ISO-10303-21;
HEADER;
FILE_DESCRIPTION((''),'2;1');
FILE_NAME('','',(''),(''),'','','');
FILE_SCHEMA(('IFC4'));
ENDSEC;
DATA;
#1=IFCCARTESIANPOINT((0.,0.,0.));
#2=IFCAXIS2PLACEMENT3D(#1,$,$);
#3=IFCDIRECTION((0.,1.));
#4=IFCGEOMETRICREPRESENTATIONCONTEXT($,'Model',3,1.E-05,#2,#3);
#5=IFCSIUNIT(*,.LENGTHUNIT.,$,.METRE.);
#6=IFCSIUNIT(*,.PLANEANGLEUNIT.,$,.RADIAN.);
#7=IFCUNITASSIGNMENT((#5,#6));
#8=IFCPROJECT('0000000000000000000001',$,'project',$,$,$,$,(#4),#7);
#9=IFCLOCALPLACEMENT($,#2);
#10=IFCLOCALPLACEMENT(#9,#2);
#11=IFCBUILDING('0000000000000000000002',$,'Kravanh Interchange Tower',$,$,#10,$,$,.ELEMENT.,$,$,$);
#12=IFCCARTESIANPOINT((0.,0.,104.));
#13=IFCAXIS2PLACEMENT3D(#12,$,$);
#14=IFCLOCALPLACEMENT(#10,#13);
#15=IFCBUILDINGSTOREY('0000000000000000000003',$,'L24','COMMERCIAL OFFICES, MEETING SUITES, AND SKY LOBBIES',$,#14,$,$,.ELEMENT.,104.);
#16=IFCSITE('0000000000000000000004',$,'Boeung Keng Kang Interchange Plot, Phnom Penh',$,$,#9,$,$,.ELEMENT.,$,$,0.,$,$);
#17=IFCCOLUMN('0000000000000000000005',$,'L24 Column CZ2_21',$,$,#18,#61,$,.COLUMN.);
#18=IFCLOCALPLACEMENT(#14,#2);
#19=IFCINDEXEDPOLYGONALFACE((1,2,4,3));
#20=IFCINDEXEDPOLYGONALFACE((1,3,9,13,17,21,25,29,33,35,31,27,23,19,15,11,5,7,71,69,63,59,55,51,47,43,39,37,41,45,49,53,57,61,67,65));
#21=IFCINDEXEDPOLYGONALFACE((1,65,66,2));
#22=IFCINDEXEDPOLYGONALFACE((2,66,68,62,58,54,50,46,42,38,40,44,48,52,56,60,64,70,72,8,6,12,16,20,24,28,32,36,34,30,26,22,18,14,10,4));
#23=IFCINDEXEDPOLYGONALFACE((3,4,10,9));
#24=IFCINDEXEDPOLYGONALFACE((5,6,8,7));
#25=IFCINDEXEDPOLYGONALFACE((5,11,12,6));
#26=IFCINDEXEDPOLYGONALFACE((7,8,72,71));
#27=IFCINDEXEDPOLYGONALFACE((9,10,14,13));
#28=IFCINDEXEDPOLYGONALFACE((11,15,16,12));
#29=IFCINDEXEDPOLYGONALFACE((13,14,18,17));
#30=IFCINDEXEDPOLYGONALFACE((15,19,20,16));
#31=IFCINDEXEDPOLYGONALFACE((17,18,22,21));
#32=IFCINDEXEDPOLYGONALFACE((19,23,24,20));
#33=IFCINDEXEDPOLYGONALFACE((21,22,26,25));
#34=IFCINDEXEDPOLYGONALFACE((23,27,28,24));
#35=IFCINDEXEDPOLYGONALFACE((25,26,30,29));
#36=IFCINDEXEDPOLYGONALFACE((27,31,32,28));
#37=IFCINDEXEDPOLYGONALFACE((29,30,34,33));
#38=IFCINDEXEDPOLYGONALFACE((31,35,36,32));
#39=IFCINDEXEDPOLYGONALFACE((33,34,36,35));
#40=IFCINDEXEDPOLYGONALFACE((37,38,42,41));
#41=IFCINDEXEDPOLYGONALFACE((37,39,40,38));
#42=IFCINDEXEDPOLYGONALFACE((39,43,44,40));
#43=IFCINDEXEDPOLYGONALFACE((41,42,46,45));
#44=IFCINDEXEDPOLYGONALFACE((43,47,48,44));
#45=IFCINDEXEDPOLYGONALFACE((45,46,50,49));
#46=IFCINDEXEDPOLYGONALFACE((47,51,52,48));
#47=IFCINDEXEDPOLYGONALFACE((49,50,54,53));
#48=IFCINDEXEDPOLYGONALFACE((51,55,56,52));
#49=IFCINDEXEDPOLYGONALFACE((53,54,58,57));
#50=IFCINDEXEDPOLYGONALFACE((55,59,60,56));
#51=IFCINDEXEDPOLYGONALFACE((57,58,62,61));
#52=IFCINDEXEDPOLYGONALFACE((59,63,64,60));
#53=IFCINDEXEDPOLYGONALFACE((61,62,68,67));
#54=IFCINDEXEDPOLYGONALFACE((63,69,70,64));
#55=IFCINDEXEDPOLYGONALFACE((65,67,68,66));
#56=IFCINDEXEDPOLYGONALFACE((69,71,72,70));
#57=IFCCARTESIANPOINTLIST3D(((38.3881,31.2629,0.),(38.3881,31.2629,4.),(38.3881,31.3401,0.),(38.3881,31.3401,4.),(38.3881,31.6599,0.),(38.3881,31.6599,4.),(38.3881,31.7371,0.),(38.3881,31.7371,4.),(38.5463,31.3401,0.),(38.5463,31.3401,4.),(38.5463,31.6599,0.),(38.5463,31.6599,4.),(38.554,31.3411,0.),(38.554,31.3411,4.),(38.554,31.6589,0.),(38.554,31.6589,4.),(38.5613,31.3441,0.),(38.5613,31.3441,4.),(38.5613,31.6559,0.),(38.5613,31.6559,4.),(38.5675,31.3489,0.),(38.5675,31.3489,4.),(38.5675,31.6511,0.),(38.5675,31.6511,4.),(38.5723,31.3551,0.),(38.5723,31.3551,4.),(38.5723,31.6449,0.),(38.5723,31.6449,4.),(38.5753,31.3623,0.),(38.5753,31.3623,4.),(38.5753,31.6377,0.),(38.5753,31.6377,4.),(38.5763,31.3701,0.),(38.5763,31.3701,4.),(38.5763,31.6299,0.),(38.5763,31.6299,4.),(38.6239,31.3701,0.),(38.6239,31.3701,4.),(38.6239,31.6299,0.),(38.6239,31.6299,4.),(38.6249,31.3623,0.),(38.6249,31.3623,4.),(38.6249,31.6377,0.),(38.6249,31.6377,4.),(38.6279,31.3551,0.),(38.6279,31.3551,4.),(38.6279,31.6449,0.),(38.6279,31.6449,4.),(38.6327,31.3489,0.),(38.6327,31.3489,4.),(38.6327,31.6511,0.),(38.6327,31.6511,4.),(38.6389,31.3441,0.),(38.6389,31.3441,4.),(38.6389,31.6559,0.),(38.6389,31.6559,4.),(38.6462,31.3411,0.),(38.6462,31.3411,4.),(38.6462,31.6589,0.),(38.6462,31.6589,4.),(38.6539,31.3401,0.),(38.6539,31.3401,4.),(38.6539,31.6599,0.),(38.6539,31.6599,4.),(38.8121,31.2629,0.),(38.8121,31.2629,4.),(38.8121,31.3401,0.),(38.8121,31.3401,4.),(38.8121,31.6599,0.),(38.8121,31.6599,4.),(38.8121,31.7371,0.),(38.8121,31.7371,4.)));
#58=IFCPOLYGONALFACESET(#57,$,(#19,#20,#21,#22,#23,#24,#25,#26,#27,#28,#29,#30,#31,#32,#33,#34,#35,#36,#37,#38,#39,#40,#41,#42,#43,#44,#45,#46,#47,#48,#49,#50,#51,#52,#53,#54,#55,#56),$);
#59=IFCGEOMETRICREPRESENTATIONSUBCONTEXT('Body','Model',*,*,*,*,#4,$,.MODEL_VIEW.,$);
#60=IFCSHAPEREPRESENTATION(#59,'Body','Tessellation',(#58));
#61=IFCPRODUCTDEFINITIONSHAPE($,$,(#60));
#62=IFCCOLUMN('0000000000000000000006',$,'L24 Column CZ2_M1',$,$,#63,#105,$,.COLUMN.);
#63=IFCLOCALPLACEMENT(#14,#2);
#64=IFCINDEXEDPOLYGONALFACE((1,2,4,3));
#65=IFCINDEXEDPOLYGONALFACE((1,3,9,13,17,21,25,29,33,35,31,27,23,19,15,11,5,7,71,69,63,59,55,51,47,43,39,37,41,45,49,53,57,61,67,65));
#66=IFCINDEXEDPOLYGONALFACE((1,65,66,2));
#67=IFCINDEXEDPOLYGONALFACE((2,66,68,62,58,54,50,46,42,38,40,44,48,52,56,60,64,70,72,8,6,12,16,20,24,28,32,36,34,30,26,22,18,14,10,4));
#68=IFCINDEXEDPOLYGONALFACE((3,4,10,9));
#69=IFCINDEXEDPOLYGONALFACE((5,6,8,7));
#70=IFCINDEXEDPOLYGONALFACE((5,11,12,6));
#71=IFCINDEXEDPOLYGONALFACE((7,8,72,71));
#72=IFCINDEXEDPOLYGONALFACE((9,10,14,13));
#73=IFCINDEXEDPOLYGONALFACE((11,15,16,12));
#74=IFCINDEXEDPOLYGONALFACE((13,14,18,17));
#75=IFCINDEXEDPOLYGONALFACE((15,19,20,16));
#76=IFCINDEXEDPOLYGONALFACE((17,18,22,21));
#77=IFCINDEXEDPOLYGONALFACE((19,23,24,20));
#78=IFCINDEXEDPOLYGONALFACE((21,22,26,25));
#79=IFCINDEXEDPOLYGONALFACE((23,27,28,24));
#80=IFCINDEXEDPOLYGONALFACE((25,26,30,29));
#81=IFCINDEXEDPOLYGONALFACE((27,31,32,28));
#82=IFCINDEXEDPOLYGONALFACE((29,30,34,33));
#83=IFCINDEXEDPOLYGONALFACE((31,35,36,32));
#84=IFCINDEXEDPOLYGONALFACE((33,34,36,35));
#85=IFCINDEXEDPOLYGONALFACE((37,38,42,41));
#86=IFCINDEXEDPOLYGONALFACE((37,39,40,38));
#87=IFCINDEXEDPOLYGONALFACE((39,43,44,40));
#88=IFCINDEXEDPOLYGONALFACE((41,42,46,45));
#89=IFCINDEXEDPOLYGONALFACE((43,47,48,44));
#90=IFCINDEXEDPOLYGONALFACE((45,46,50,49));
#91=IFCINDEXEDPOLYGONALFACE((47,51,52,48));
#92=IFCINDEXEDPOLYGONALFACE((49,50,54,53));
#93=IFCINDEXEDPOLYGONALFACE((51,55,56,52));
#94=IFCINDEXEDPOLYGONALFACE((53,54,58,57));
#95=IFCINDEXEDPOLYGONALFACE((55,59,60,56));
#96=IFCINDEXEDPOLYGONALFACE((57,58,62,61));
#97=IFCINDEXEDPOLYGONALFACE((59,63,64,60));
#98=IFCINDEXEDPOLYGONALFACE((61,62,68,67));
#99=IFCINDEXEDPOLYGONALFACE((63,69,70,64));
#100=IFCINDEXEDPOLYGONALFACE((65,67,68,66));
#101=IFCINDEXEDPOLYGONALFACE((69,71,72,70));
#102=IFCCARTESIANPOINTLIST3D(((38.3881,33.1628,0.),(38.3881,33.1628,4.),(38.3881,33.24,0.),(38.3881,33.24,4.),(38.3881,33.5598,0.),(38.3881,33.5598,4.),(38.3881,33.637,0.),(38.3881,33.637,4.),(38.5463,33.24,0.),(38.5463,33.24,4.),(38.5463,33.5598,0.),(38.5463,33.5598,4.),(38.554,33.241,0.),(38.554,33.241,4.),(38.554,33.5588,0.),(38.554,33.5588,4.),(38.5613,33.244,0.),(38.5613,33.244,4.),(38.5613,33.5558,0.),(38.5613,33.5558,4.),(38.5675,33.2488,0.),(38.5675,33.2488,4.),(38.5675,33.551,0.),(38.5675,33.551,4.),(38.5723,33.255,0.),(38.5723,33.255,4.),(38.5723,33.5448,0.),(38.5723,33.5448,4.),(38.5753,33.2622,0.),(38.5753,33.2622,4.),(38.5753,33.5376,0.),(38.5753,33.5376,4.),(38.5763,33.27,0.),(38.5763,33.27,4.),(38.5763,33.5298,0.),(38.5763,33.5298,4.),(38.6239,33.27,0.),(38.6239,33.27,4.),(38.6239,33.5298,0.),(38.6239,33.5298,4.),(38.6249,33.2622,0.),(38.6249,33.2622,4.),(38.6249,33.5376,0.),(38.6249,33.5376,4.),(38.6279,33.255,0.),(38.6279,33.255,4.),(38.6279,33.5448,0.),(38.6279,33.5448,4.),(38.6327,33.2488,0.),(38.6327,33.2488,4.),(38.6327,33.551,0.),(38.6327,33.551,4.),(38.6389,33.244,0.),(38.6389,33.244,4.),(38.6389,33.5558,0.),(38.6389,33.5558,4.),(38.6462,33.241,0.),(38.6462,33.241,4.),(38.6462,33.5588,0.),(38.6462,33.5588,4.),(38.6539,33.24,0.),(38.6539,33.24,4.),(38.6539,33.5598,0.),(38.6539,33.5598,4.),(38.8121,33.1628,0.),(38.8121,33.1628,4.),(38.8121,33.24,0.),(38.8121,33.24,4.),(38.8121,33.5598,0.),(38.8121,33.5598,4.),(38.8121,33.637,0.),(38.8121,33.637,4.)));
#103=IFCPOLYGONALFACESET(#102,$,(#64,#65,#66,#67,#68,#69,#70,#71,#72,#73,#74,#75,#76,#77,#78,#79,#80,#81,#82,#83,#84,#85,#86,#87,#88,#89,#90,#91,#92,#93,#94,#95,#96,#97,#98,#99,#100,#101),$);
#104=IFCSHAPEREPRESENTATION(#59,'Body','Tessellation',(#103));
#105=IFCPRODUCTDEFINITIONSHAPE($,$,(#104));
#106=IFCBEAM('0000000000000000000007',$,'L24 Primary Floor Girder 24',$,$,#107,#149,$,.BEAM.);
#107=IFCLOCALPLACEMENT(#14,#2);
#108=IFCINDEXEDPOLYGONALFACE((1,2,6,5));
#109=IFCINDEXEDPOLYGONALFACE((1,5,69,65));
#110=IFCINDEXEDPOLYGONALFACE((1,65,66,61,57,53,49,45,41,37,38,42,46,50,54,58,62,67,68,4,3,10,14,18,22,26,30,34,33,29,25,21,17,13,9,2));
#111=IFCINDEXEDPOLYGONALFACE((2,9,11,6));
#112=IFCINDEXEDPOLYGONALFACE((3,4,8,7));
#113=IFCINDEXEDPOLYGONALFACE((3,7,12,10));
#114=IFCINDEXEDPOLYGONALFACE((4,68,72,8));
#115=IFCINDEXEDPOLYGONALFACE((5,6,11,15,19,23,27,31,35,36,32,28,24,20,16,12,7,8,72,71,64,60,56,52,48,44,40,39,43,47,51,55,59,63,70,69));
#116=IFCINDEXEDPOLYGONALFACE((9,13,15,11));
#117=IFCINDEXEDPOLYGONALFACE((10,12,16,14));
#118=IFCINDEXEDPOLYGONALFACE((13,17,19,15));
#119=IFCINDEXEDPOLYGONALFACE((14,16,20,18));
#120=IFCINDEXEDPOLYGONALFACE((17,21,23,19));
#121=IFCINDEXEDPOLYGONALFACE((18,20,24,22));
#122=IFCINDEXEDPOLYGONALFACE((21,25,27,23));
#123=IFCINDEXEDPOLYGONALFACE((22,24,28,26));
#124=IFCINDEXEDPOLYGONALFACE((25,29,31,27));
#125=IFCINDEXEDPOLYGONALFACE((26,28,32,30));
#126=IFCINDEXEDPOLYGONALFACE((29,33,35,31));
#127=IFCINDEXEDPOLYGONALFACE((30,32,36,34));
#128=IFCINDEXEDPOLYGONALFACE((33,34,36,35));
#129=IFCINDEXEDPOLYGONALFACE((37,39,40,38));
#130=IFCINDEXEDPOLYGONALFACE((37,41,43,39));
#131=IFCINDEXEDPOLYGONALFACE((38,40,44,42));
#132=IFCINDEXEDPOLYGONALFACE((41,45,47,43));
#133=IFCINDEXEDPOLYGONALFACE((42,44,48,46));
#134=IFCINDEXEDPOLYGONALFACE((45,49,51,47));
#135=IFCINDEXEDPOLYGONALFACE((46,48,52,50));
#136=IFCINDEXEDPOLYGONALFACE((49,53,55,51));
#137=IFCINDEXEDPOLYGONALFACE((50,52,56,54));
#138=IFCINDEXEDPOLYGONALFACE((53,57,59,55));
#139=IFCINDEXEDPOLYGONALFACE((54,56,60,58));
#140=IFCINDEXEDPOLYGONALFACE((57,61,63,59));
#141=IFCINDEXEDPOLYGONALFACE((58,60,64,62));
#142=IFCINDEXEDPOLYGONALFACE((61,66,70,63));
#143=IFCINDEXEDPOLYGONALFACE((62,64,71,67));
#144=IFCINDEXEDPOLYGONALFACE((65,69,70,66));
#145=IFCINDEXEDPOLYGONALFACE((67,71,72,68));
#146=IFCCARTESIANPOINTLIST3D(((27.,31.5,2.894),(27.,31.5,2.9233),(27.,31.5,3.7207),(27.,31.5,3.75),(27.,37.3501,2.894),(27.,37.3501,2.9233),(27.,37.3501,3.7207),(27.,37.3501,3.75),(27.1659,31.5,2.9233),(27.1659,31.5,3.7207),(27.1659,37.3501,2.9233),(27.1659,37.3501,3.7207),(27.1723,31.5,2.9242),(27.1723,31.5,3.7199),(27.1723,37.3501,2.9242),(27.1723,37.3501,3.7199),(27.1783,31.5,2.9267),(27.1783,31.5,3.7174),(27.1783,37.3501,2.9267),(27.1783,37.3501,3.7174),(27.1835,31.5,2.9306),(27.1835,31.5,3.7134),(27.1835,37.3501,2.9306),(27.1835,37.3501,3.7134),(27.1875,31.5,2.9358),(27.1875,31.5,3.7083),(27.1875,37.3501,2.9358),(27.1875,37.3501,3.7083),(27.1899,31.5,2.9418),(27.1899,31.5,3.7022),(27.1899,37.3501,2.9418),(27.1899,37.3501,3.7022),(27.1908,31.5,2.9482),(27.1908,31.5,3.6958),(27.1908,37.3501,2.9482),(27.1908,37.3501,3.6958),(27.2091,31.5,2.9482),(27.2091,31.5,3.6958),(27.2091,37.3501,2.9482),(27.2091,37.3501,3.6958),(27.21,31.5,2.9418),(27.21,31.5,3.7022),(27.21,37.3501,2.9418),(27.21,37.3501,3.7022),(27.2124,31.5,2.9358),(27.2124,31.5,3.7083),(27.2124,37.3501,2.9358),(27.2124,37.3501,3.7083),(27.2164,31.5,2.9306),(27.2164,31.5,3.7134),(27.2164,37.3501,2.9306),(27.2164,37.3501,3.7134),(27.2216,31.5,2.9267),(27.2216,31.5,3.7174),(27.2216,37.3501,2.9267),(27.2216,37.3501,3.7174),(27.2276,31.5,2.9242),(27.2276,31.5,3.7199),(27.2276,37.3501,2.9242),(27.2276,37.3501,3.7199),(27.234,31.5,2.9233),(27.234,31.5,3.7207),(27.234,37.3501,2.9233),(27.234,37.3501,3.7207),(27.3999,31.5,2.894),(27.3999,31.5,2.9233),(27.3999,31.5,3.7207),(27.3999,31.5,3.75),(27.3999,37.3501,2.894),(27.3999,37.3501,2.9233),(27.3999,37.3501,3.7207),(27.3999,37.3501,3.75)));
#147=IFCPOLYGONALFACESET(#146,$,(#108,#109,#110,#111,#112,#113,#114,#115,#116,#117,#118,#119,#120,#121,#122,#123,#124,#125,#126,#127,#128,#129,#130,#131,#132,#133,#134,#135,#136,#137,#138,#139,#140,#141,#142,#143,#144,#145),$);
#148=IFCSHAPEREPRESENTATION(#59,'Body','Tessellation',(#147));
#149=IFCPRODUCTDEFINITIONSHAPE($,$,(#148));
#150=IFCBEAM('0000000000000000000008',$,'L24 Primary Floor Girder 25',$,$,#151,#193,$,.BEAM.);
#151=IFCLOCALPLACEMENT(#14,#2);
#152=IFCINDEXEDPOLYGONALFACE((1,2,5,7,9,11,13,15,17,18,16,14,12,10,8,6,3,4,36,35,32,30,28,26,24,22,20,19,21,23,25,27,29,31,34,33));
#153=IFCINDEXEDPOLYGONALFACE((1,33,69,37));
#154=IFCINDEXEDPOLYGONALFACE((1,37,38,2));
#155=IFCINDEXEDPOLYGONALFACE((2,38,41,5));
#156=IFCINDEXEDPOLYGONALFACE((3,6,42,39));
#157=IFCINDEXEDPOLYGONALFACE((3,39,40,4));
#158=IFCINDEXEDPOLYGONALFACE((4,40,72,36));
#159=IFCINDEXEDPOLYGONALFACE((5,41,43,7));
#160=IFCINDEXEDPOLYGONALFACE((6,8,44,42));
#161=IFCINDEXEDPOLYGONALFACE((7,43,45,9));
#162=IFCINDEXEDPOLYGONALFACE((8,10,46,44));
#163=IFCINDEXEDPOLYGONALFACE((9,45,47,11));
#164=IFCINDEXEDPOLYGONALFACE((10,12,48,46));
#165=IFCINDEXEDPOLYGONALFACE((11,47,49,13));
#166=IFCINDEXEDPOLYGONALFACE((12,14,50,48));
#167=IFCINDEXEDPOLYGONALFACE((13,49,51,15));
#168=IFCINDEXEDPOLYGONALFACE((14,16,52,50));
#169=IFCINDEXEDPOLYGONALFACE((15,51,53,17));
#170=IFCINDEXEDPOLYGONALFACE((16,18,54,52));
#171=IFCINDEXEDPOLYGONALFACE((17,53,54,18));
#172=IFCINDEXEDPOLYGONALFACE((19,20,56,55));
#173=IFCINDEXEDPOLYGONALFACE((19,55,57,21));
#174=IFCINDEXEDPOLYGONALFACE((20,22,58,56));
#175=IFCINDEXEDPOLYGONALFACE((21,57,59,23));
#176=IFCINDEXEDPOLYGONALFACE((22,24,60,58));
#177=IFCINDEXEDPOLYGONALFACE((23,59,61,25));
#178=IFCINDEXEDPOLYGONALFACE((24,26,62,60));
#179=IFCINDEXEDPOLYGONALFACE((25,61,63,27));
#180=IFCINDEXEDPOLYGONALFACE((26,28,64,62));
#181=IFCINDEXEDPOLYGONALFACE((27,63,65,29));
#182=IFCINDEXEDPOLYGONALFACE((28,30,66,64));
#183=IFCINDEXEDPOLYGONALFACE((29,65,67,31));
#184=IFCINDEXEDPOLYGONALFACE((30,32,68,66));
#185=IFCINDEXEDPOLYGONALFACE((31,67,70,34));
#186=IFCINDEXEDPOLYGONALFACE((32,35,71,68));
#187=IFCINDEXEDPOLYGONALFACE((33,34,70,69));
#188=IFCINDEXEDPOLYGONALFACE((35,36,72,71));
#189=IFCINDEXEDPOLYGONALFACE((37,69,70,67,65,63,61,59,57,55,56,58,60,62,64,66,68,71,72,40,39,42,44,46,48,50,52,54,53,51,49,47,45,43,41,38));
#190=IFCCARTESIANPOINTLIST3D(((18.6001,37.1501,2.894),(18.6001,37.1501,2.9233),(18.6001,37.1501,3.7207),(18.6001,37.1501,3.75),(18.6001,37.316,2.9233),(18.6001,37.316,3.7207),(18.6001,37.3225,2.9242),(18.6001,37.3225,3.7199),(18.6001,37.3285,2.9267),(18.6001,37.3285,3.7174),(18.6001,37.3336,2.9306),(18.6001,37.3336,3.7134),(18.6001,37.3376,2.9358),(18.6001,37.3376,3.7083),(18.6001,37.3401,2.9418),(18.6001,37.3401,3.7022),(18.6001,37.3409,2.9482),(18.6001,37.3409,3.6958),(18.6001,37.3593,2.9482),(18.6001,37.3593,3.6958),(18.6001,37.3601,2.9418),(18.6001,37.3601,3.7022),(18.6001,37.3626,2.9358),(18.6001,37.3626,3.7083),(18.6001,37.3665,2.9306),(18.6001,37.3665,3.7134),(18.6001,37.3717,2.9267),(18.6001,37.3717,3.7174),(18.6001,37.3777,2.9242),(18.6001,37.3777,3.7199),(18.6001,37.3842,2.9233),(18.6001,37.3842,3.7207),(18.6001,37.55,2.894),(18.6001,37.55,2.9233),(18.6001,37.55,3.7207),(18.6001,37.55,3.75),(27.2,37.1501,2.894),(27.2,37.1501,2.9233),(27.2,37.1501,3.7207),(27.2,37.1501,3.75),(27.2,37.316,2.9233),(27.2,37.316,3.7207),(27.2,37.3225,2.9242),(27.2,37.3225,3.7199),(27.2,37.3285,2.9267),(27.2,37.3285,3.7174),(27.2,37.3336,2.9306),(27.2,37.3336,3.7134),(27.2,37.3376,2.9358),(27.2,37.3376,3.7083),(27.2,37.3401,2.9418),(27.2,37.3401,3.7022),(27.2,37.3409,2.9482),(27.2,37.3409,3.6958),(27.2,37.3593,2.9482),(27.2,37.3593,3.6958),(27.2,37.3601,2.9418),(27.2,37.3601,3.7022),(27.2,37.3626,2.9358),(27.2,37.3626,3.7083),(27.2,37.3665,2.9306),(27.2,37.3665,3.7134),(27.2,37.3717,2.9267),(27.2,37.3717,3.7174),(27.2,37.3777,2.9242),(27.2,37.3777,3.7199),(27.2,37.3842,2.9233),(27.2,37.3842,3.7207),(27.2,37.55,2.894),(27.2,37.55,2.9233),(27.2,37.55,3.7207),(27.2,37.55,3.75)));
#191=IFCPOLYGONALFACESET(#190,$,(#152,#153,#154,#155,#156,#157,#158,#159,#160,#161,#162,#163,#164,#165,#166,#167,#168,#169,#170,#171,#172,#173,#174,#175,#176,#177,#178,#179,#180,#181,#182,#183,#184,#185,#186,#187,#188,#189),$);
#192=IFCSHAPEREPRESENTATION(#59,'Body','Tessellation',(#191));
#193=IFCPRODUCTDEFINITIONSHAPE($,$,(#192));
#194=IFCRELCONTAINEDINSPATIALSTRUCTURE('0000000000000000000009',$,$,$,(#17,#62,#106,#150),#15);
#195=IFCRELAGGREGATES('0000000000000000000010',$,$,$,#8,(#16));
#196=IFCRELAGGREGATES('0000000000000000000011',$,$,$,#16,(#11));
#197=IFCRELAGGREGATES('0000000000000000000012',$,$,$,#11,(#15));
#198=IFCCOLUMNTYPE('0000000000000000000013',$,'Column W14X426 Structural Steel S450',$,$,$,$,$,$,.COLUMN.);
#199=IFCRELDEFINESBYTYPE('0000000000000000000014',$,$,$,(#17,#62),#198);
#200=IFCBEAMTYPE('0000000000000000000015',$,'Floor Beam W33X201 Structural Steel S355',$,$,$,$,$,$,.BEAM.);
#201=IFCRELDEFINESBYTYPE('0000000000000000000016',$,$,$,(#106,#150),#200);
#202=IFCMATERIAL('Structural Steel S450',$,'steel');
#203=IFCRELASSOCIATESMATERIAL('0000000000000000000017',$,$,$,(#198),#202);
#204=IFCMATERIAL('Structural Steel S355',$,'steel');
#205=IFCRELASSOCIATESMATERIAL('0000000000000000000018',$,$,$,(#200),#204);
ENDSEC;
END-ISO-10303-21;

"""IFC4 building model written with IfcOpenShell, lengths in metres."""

from ifc_helpers import new_model, si_unit, direction, frame, origin, origin_2d, place, context, subcontext, project, spatial, i_section, extrude, material, material_profile, profile_set, type_object, element, save


model = new_model("IFC4")

# Units and contexts
model_context = context("Model", 3, precision=1e-05, world=origin(), true_north=direction((0.0, 1.0)))
body_context = subcontext(model_context, "Body", "Model", "MODEL_VIEW")
ifc_project = project(units=[si_unit("LENGTHUNIT", "METRE"), si_unit("PLANEANGLEUNIT", "RADIAN")], contexts=[model_context])

# Site, building, storey
site_placement = place(None, origin())
site = spatial("IfcSite", under=ifc_project, at=site_placement, Name="Boeung Keng Kang Interchange Plot, Phnom Penh", CompositionType="ELEMENT", RefElevation=0.0)
building_placement = place(site_placement, origin())
building = spatial("IfcBuilding", under=site, at=building_placement, Name="Kravanh Interchange Tower", CompositionType="ELEMENT")
storey_placement = place(building_placement, frame((0.0, 0.0, 104.0)))
storey = spatial("IfcBuildingStorey", under=building, at=storey_placement, Name="L24", Description="COMMERCIAL OFFICES, MEETING SUITES, AND SKY LOBBIES", CompositionType="ELEMENT", Elevation=104.0)

# Columns
ifc_material_1 = material(Name="Structural Steel S450", Category="steel")
ifc_material_profile_1 = material_profile(ifc_material_1, i_section(OverallWidth=0.4241, OverallDepth=0.4741, WebThickness=0.0476, FlangeThickness=0.0771, FilletRadius=0.03, at=origin_2d()), Name="W14X426")
ifc_profile_set_1 = profile_set([ifc_material_profile_1], Name="Structural Steel S450")
column_type_1 = type_object("IfcColumnType", Name="Column W14X426 Structural Steel S450", PredefinedType="COLUMN", material=ifc_profile_set_1)
for number, where, z_axis, x_axis, name in (
    (1, (38.6001, 31.5, 0.0), (0.0, 0.0, 1.0), (1.0, 0.0, 0.0), "L24 Column CZ2_21"),
    (2, (38.6001, 33.3999, 0.0), (0.0, 0.0, 1.0), (1.0, 0.0, 0.0), "L24 Column CZ2_M1"),
):
    element("IfcColumn", number, at=place(storey_placement, frame(where, z_axis=z_axis, x_axis=x_axis)), inside=storey, type_object=column_type_1, Name=name, PredefinedType="COLUMN", context=body_context, shape_type="SweptSolid", body=[
        extrude(i_section(OverallWidth=0.4241, OverallDepth=0.4741, WebThickness=0.0476, FlangeThickness=0.0771, FilletRadius=0.03, at=origin_2d()), origin(), (0.0, 0.0, 1.0), 4.0),
    ])

# Beams
ifc_material_2 = material(Name="Structural Steel S355", Category="steel")
ifc_material_profile_2 = material_profile(ifc_material_2, i_section(OverallWidth=0.3999, OverallDepth=0.856, WebThickness=0.0183, FlangeThickness=0.0293, FilletRadius=0.0249, at=origin_2d()), Name="W33X201")
ifc_profile_set_2 = profile_set([ifc_material_profile_2], Name="Structural Steel S355")
beam_type_1 = type_object("IfcBeamType", Name="Floor Beam W33X201 Structural Steel S355", PredefinedType="BEAM", material=ifc_profile_set_2)
beam_1_placement = place(storey_placement, frame((27.2, 37.3501, 3.322), z_axis=(0.0, -1.0, 0.0), x_axis=(1.0, 0.0, 0.0)))
element("IfcBeam", 3, at=beam_1_placement, inside=storey, type_object=beam_type_1, Name="L24 Primary Floor Girder 24", PredefinedType="BEAM", context=body_context, shape_type="SweptSolid", body=[
    extrude(i_section(OverallWidth=0.3999, OverallDepth=0.856, WebThickness=0.0183, FlangeThickness=0.0293, FilletRadius=0.0249, at=origin_2d()), origin(), (0.0, 0.0, 1.0), 5.8501),
])
beam_2_placement = place(storey_placement, frame((27.2, 37.3501, 3.322), z_axis=(-1.0, 0.0, 0.0), x_axis=(0.0, -1.0, 0.0)))
element("IfcBeam", 4, at=beam_2_placement, inside=storey, type_object=beam_type_1, Name="L24 Primary Floor Girder 25", PredefinedType="BEAM", context=body_context, shape_type="SweptSolid", body=[
    extrude(i_section(OverallWidth=0.3999, OverallDepth=0.856, WebThickness=0.0183, FlangeThickness=0.0293, FilletRadius=0.0249, at=origin_2d()), origin(), (0.0, 0.0, 1.0), 8.5999),
])

save(model, "model.ifc")
